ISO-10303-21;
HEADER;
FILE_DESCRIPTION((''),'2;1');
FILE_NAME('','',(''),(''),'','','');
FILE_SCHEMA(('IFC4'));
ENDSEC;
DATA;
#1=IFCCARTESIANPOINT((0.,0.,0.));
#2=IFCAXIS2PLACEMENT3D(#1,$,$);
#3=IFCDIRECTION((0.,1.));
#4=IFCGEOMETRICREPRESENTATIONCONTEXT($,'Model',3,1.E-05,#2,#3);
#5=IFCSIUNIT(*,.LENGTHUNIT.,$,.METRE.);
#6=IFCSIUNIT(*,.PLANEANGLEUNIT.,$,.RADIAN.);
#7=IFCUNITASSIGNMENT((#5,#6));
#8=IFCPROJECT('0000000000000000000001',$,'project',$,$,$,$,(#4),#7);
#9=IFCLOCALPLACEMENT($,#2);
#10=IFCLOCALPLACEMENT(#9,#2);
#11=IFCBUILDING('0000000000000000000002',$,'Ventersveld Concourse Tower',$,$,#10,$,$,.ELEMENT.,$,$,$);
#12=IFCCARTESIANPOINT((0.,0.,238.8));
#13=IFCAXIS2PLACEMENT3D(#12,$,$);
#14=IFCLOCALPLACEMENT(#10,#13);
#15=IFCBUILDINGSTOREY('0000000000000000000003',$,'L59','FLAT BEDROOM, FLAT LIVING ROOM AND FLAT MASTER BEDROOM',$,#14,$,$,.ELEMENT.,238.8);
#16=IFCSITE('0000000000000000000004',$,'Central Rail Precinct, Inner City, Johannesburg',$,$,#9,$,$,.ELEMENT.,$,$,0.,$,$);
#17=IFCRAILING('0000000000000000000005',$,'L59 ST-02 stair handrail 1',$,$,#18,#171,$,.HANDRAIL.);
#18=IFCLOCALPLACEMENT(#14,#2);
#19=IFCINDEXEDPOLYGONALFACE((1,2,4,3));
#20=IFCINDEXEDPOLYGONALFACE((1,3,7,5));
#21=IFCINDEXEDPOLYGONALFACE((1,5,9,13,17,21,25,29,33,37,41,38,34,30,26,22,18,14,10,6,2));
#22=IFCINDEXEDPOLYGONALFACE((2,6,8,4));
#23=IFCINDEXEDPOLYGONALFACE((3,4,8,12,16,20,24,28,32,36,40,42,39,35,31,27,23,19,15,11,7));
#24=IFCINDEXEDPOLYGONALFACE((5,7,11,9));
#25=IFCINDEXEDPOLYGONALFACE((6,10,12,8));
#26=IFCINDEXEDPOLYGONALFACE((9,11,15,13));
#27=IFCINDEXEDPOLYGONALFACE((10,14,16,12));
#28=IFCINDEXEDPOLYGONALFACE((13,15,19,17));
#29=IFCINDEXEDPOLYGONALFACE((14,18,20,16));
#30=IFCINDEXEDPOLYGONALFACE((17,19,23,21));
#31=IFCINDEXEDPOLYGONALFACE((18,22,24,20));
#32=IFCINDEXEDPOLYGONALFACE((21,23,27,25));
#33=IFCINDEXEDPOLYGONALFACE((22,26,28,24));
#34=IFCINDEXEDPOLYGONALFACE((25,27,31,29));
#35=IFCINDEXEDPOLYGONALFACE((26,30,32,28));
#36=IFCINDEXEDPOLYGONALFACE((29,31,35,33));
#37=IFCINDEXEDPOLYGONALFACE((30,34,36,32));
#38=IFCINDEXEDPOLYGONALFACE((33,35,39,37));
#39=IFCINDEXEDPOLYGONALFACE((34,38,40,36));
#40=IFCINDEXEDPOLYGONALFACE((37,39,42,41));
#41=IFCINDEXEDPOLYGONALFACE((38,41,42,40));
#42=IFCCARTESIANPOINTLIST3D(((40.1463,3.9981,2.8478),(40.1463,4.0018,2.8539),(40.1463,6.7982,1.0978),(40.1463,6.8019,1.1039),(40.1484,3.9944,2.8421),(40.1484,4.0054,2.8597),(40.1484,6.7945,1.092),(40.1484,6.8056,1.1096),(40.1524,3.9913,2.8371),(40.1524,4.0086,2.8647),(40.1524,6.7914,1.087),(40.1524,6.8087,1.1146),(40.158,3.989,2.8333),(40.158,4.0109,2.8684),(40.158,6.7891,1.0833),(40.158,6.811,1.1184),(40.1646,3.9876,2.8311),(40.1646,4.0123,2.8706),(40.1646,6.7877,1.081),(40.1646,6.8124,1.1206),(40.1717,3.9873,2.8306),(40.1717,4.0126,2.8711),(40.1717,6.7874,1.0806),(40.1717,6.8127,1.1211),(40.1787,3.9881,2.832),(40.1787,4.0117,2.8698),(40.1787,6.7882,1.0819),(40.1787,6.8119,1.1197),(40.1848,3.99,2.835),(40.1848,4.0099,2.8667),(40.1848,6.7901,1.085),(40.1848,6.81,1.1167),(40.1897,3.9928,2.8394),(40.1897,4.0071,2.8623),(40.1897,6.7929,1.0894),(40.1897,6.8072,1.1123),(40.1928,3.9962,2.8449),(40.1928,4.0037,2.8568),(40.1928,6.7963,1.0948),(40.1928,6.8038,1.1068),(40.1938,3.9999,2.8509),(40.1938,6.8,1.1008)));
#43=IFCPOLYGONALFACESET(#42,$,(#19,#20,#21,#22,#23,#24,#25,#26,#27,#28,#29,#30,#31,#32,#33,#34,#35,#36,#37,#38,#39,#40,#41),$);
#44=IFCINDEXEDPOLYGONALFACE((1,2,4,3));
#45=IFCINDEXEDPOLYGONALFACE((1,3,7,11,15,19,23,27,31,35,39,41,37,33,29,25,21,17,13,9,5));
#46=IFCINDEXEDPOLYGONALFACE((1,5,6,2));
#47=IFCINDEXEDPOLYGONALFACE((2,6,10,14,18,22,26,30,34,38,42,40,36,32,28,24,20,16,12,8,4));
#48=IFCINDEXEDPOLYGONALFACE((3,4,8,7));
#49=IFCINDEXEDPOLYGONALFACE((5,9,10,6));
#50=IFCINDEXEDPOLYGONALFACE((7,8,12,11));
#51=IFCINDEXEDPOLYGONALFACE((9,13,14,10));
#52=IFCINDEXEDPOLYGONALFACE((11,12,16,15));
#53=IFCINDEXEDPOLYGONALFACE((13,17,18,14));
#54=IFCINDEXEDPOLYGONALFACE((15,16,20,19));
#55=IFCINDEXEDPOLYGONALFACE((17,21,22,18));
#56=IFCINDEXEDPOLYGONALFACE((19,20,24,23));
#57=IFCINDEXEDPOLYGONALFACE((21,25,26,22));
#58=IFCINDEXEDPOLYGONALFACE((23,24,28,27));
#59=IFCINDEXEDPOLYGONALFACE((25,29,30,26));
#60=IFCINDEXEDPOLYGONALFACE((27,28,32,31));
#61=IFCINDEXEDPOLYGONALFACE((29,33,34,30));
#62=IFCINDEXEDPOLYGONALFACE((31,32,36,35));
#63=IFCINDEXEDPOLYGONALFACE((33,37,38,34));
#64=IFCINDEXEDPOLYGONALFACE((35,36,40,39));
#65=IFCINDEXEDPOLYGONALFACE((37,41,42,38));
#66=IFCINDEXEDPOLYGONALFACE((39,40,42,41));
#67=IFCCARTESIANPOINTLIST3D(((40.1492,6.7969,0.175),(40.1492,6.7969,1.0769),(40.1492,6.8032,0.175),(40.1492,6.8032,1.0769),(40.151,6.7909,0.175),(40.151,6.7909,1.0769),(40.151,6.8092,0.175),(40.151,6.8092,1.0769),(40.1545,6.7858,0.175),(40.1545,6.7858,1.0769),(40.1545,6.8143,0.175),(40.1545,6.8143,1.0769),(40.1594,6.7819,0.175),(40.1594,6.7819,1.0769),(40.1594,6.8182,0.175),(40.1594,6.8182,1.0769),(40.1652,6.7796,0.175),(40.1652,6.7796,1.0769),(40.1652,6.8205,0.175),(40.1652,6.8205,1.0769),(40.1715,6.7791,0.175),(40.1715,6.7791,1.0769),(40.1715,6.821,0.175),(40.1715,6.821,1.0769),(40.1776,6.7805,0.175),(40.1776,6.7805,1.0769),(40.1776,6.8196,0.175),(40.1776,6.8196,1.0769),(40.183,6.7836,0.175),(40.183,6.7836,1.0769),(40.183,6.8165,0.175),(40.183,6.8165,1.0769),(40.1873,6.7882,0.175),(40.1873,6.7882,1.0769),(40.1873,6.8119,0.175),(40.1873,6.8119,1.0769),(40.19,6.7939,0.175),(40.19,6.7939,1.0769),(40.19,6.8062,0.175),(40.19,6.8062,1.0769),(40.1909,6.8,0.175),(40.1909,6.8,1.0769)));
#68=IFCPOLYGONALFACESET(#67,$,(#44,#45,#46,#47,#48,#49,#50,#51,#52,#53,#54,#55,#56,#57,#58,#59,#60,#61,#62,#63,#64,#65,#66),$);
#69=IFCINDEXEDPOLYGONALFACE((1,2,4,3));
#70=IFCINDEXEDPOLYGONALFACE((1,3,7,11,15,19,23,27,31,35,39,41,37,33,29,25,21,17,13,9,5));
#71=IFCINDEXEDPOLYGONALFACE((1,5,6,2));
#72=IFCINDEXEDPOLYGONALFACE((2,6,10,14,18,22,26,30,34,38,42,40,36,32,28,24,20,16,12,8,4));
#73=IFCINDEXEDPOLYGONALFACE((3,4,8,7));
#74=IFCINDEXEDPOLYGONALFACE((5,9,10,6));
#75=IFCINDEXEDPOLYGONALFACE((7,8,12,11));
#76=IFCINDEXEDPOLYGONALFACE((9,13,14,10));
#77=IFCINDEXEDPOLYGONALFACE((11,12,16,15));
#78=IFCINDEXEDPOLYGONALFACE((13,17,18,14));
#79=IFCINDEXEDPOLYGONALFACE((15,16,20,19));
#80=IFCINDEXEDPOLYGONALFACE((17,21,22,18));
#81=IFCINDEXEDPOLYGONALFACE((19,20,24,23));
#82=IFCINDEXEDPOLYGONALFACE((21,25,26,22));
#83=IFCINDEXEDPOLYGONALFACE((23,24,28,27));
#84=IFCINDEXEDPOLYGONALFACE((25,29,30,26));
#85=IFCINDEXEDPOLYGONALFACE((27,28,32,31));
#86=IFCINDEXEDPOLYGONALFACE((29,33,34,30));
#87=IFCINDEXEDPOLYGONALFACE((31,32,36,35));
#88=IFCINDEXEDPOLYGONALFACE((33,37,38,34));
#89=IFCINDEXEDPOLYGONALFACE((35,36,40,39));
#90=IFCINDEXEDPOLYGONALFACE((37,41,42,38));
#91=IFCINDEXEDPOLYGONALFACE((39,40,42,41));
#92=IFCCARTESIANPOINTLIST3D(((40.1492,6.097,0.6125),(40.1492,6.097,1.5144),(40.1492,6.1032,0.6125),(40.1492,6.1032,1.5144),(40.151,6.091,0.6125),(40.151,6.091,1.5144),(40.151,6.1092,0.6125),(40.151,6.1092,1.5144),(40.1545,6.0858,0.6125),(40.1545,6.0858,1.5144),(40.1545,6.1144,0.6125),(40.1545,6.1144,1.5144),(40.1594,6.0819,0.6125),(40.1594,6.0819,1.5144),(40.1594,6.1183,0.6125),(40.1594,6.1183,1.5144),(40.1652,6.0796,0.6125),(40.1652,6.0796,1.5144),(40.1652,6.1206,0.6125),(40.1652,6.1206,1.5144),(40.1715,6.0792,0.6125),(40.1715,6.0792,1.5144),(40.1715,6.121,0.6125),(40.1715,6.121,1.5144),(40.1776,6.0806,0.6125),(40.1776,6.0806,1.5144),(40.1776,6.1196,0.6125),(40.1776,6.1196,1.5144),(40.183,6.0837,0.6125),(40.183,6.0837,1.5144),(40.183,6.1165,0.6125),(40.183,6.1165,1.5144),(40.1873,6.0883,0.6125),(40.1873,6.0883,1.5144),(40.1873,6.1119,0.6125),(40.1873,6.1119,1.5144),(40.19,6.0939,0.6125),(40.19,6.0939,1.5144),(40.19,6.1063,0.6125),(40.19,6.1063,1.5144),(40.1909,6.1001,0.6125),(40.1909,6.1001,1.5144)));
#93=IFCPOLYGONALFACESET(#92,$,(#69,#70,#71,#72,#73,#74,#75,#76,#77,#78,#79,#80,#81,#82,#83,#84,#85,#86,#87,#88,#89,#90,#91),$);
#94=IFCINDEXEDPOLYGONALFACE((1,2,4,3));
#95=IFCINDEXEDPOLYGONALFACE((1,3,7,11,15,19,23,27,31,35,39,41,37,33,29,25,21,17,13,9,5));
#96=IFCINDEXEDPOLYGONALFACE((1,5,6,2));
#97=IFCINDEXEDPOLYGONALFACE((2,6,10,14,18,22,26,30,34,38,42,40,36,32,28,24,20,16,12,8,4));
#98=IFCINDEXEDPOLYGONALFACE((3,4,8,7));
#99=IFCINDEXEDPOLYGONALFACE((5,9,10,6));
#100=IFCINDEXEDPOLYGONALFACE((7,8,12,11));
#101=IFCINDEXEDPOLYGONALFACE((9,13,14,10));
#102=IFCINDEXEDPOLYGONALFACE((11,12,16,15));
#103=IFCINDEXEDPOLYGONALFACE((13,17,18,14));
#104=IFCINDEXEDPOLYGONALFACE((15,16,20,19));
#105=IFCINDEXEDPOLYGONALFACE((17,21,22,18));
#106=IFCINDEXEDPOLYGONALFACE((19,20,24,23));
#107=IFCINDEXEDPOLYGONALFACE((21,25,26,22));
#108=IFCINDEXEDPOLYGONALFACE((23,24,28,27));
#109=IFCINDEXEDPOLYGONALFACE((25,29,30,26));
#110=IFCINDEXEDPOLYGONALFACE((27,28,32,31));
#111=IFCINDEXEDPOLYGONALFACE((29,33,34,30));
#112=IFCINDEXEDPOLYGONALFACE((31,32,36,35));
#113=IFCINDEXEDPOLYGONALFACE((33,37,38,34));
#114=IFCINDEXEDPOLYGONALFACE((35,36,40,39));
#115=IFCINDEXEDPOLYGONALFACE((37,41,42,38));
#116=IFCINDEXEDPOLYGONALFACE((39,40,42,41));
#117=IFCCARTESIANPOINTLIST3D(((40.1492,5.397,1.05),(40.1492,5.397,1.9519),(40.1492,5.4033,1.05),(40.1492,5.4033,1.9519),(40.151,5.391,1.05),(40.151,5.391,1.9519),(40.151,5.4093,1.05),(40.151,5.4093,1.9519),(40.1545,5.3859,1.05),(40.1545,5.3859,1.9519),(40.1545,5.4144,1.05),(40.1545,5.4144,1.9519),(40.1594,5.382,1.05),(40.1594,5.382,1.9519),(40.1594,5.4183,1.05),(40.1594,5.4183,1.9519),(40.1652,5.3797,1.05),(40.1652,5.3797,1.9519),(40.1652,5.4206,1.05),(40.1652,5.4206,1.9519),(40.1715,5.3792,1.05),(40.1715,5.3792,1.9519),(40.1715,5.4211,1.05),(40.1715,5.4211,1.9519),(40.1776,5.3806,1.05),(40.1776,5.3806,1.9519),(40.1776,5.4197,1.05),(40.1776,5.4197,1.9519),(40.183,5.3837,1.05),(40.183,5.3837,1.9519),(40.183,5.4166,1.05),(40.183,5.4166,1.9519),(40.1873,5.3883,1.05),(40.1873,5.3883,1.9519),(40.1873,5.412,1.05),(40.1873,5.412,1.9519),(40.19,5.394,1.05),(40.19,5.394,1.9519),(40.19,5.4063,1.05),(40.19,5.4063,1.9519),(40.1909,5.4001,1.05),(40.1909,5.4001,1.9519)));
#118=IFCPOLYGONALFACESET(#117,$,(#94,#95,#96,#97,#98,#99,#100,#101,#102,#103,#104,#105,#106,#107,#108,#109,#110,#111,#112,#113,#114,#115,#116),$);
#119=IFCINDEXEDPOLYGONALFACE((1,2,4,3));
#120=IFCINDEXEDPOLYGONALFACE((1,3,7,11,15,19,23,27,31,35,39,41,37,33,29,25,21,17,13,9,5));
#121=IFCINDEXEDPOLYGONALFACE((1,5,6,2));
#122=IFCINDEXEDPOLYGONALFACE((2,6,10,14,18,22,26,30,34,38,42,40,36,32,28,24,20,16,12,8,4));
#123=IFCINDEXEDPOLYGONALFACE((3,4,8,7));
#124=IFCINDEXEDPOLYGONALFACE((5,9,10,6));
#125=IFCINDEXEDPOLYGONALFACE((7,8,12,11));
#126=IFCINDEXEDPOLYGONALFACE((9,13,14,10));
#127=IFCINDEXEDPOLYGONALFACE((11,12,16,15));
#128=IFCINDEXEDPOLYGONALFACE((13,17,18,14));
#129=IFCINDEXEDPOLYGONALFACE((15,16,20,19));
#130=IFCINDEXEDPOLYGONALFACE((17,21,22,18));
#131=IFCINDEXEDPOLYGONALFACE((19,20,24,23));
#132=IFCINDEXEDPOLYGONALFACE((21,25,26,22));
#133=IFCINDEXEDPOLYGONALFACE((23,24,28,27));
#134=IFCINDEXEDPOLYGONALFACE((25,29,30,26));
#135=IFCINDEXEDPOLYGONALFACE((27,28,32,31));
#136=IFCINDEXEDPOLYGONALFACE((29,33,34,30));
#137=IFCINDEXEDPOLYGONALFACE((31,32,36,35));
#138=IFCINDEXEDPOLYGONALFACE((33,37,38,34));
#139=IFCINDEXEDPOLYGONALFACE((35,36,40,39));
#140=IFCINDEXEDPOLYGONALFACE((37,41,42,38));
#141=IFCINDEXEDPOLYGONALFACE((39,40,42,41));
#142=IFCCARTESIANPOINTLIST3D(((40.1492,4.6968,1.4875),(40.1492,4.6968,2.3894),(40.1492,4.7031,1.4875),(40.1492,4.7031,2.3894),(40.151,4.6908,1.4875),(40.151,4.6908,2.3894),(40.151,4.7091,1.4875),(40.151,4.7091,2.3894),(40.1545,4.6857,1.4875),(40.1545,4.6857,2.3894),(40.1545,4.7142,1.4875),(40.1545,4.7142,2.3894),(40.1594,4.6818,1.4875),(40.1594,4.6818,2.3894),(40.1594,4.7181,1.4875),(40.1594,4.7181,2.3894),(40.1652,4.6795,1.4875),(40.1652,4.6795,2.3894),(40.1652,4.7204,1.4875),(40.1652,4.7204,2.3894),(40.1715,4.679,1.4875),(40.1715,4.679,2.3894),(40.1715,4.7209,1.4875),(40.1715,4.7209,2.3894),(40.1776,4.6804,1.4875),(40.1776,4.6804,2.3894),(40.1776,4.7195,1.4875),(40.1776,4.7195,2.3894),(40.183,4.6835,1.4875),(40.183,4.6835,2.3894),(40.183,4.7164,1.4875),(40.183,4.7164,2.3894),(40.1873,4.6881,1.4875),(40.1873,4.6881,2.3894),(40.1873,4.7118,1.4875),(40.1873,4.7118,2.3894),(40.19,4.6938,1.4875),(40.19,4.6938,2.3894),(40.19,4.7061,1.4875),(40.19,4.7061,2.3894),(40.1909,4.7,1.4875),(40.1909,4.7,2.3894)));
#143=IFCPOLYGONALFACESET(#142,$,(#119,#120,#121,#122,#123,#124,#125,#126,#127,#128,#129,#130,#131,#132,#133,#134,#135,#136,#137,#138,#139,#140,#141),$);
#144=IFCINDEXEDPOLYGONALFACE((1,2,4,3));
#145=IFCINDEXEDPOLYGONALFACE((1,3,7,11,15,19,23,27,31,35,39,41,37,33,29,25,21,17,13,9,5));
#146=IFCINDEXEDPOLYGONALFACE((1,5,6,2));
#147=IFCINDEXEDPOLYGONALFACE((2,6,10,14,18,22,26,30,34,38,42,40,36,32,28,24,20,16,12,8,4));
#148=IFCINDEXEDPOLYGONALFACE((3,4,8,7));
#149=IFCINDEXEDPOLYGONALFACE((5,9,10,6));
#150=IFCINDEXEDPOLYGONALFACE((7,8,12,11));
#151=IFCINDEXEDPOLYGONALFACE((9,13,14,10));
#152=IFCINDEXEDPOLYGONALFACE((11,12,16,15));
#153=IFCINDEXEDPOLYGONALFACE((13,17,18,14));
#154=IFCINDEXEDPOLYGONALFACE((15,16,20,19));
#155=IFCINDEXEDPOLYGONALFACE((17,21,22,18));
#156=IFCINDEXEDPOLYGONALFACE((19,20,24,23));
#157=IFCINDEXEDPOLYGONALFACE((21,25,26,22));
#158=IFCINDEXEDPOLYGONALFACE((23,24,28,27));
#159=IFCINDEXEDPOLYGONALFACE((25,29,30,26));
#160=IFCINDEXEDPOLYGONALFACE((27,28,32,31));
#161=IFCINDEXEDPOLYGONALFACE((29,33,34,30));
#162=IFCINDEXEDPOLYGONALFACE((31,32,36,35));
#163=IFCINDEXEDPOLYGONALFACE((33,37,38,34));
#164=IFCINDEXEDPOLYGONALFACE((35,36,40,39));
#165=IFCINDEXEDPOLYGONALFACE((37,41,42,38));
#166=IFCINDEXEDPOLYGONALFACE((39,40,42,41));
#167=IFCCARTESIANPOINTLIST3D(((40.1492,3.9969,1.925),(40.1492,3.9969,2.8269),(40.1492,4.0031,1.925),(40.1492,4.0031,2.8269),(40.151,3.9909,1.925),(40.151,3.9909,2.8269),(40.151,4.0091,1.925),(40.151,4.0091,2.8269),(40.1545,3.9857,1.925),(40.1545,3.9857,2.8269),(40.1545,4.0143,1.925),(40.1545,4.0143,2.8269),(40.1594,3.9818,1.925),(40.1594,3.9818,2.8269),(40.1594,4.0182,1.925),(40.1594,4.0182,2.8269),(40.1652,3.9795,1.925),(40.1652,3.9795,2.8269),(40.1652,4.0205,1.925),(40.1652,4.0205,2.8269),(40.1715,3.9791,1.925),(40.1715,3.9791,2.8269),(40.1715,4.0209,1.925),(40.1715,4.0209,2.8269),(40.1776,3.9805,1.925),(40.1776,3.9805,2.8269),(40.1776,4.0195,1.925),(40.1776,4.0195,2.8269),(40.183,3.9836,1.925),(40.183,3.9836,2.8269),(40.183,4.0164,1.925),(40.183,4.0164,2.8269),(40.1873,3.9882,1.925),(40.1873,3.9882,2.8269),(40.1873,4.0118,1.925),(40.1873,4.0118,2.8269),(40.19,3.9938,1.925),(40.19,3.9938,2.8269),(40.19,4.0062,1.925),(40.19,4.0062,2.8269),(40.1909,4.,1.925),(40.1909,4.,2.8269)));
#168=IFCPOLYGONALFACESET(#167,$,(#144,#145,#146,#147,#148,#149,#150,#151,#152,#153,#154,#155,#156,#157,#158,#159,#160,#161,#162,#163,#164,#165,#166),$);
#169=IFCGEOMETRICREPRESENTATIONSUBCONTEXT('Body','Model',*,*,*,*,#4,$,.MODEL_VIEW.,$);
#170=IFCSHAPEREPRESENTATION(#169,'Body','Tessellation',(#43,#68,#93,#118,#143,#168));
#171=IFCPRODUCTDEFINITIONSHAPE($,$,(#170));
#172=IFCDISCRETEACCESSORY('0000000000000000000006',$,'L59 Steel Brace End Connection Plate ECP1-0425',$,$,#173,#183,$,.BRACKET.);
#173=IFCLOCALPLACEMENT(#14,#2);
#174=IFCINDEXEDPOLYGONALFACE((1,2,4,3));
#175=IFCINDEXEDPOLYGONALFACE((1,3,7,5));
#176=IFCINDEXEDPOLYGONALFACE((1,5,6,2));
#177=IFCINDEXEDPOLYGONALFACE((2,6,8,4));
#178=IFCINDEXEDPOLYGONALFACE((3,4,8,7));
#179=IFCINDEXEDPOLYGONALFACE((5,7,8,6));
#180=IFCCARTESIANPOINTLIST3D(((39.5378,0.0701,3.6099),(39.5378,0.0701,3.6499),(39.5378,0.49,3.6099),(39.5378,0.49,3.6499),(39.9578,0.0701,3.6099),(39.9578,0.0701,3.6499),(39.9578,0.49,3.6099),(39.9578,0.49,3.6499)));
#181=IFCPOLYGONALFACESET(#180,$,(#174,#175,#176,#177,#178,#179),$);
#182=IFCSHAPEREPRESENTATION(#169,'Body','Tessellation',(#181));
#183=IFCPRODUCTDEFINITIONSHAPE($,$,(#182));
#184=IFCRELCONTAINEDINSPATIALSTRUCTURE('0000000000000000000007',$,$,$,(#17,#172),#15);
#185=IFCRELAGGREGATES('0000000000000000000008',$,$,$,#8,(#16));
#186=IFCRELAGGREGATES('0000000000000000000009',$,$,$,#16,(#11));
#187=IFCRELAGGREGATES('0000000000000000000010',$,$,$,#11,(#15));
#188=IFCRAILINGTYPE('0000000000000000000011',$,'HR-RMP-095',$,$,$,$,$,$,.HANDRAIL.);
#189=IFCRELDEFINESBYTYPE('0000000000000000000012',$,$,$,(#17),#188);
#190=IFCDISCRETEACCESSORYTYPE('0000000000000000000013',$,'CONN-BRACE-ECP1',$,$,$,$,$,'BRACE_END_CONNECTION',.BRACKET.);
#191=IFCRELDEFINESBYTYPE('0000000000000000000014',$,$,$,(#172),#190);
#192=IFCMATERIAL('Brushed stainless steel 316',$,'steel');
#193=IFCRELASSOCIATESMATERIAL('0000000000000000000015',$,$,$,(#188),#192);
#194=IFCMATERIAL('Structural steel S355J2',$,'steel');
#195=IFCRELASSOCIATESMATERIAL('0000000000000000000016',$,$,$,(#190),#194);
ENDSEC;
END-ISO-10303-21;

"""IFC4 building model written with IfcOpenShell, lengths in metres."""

from ifc_helpers import new_model, si_unit, direction, frame, origin, origin_2d, place, context, subcontext, project, spatial, rectangle, circle, extrude, material, type_object, element, save


model = new_model("IFC4")

# Units and contexts
model_context = context("Model", 3, precision=1e-05, world=origin(), true_north=direction((0.0, 1.0)))
body_context = subcontext(model_context, "Body", "Model", "MODEL_VIEW")
ifc_project = project(units=[si_unit("LENGTHUNIT", "METRE"), si_unit("PLANEANGLEUNIT", "RADIAN")], contexts=[model_context])

# Site, building, storey
site_placement = place(None, origin())
site = spatial("IfcSite", under=ifc_project, at=site_placement, Name="Central Rail Precinct, Inner City, Johannesburg", CompositionType="ELEMENT", RefElevation=0.0)
building_placement = place(site_placement, origin())
building = spatial("IfcBuilding", under=site, at=building_placement, Name="Ventersveld Concourse Tower", CompositionType="ELEMENT")
storey_placement = place(building_placement, frame((0.0, 0.0, 238.8)))
storey = spatial("IfcBuildingStorey", under=building, at=storey_placement, Name="L59", Description="FLAT BEDROOM, FLAT LIVING ROOM AND FLAT MASTER BEDROOM", CompositionType="ELEMENT", Elevation=238.8)

# Shared definitions
ifc_material_1 = material(Name="Structural steel S355J2", Category="steel")

# Shared definitions
ifc_material_2 = material(Name="Brushed stainless steel 316", Category="steel")

# Railing
railing_type_1 = type_object("IfcRailingType", Name="HR-RMP-095", PredefinedType="HANDRAIL", material=ifc_material_2)
railing_1_placement = place(storey_placement, frame((40.1699, 6.8, 0.175)))
element("IfcRailing", 1, at=railing_1_placement, inside=storey, type_object=railing_type_1, Name="L59 ST-02 stair handrail 1", PredefinedType="HANDRAIL", context=body_context, shape_type="SweptSolid", body=[
    extrude(circle(Radius=0.0239, at=origin_2d()), frame((0.0, 0.0, 0.9258), z_axis=(0.0, -0.848002, 0.529992), x_axis=(1.0, 0.0, 0.0)), (0.0, 0.0, 1.0), 3.302),
    extrude(circle(Radius=0.021, at=origin_2d()), origin(), (0.0, 0.0, 1.0), 0.9019),
    extrude(circle(Radius=0.021, at=origin_2d()), frame((0.0, -0.7, 0.4375)), (0.0, 0.0, 1.0), 0.9019),
    extrude(circle(Radius=0.021, at=origin_2d()), frame((0.0, -1.3999, 0.875)), (0.0, 0.0, 1.0), 0.9019),
    extrude(circle(Radius=0.021, at=origin_2d()), frame((0.0, -2.1001, 1.3125)), (0.0, 0.0, 1.0), 0.9019),
    extrude(circle(Radius=0.021, at=origin_2d()), frame((0.0, -2.8, 1.75)), (0.0, 0.0, 1.0), 0.9019),
])

# Discrete accessory
discrete_accessory_type = type_object("IfcDiscreteAccessoryType", Name="CONN-BRACE-ECP1", ElementType="BRACE_END_CONNECTION", PredefinedType="BRACKET", material=ifc_material_1)
discrete_accessory_placement = place(storey_placement, frame((39.7478, 0.28, 3.6099), z_axis=(0.0, 0.0, 1.0), x_axis=(1.0, 0.0, 0.0)))
element("IfcDiscreteAccessory", 2, at=discrete_accessory_placement, inside=storey, type_object=discrete_accessory_type, Name="L59 Steel Brace End Connection Plate ECP1-0425", PredefinedType="BRACKET", context=body_context, shape_type="SweptSolid", body=[
    extrude(rectangle(XDim=0.4199, YDim=0.4199, at=origin_2d()), origin(), (0.0, 0.0, 1.0), 0.04),
])

save(model, "model.ifc")
